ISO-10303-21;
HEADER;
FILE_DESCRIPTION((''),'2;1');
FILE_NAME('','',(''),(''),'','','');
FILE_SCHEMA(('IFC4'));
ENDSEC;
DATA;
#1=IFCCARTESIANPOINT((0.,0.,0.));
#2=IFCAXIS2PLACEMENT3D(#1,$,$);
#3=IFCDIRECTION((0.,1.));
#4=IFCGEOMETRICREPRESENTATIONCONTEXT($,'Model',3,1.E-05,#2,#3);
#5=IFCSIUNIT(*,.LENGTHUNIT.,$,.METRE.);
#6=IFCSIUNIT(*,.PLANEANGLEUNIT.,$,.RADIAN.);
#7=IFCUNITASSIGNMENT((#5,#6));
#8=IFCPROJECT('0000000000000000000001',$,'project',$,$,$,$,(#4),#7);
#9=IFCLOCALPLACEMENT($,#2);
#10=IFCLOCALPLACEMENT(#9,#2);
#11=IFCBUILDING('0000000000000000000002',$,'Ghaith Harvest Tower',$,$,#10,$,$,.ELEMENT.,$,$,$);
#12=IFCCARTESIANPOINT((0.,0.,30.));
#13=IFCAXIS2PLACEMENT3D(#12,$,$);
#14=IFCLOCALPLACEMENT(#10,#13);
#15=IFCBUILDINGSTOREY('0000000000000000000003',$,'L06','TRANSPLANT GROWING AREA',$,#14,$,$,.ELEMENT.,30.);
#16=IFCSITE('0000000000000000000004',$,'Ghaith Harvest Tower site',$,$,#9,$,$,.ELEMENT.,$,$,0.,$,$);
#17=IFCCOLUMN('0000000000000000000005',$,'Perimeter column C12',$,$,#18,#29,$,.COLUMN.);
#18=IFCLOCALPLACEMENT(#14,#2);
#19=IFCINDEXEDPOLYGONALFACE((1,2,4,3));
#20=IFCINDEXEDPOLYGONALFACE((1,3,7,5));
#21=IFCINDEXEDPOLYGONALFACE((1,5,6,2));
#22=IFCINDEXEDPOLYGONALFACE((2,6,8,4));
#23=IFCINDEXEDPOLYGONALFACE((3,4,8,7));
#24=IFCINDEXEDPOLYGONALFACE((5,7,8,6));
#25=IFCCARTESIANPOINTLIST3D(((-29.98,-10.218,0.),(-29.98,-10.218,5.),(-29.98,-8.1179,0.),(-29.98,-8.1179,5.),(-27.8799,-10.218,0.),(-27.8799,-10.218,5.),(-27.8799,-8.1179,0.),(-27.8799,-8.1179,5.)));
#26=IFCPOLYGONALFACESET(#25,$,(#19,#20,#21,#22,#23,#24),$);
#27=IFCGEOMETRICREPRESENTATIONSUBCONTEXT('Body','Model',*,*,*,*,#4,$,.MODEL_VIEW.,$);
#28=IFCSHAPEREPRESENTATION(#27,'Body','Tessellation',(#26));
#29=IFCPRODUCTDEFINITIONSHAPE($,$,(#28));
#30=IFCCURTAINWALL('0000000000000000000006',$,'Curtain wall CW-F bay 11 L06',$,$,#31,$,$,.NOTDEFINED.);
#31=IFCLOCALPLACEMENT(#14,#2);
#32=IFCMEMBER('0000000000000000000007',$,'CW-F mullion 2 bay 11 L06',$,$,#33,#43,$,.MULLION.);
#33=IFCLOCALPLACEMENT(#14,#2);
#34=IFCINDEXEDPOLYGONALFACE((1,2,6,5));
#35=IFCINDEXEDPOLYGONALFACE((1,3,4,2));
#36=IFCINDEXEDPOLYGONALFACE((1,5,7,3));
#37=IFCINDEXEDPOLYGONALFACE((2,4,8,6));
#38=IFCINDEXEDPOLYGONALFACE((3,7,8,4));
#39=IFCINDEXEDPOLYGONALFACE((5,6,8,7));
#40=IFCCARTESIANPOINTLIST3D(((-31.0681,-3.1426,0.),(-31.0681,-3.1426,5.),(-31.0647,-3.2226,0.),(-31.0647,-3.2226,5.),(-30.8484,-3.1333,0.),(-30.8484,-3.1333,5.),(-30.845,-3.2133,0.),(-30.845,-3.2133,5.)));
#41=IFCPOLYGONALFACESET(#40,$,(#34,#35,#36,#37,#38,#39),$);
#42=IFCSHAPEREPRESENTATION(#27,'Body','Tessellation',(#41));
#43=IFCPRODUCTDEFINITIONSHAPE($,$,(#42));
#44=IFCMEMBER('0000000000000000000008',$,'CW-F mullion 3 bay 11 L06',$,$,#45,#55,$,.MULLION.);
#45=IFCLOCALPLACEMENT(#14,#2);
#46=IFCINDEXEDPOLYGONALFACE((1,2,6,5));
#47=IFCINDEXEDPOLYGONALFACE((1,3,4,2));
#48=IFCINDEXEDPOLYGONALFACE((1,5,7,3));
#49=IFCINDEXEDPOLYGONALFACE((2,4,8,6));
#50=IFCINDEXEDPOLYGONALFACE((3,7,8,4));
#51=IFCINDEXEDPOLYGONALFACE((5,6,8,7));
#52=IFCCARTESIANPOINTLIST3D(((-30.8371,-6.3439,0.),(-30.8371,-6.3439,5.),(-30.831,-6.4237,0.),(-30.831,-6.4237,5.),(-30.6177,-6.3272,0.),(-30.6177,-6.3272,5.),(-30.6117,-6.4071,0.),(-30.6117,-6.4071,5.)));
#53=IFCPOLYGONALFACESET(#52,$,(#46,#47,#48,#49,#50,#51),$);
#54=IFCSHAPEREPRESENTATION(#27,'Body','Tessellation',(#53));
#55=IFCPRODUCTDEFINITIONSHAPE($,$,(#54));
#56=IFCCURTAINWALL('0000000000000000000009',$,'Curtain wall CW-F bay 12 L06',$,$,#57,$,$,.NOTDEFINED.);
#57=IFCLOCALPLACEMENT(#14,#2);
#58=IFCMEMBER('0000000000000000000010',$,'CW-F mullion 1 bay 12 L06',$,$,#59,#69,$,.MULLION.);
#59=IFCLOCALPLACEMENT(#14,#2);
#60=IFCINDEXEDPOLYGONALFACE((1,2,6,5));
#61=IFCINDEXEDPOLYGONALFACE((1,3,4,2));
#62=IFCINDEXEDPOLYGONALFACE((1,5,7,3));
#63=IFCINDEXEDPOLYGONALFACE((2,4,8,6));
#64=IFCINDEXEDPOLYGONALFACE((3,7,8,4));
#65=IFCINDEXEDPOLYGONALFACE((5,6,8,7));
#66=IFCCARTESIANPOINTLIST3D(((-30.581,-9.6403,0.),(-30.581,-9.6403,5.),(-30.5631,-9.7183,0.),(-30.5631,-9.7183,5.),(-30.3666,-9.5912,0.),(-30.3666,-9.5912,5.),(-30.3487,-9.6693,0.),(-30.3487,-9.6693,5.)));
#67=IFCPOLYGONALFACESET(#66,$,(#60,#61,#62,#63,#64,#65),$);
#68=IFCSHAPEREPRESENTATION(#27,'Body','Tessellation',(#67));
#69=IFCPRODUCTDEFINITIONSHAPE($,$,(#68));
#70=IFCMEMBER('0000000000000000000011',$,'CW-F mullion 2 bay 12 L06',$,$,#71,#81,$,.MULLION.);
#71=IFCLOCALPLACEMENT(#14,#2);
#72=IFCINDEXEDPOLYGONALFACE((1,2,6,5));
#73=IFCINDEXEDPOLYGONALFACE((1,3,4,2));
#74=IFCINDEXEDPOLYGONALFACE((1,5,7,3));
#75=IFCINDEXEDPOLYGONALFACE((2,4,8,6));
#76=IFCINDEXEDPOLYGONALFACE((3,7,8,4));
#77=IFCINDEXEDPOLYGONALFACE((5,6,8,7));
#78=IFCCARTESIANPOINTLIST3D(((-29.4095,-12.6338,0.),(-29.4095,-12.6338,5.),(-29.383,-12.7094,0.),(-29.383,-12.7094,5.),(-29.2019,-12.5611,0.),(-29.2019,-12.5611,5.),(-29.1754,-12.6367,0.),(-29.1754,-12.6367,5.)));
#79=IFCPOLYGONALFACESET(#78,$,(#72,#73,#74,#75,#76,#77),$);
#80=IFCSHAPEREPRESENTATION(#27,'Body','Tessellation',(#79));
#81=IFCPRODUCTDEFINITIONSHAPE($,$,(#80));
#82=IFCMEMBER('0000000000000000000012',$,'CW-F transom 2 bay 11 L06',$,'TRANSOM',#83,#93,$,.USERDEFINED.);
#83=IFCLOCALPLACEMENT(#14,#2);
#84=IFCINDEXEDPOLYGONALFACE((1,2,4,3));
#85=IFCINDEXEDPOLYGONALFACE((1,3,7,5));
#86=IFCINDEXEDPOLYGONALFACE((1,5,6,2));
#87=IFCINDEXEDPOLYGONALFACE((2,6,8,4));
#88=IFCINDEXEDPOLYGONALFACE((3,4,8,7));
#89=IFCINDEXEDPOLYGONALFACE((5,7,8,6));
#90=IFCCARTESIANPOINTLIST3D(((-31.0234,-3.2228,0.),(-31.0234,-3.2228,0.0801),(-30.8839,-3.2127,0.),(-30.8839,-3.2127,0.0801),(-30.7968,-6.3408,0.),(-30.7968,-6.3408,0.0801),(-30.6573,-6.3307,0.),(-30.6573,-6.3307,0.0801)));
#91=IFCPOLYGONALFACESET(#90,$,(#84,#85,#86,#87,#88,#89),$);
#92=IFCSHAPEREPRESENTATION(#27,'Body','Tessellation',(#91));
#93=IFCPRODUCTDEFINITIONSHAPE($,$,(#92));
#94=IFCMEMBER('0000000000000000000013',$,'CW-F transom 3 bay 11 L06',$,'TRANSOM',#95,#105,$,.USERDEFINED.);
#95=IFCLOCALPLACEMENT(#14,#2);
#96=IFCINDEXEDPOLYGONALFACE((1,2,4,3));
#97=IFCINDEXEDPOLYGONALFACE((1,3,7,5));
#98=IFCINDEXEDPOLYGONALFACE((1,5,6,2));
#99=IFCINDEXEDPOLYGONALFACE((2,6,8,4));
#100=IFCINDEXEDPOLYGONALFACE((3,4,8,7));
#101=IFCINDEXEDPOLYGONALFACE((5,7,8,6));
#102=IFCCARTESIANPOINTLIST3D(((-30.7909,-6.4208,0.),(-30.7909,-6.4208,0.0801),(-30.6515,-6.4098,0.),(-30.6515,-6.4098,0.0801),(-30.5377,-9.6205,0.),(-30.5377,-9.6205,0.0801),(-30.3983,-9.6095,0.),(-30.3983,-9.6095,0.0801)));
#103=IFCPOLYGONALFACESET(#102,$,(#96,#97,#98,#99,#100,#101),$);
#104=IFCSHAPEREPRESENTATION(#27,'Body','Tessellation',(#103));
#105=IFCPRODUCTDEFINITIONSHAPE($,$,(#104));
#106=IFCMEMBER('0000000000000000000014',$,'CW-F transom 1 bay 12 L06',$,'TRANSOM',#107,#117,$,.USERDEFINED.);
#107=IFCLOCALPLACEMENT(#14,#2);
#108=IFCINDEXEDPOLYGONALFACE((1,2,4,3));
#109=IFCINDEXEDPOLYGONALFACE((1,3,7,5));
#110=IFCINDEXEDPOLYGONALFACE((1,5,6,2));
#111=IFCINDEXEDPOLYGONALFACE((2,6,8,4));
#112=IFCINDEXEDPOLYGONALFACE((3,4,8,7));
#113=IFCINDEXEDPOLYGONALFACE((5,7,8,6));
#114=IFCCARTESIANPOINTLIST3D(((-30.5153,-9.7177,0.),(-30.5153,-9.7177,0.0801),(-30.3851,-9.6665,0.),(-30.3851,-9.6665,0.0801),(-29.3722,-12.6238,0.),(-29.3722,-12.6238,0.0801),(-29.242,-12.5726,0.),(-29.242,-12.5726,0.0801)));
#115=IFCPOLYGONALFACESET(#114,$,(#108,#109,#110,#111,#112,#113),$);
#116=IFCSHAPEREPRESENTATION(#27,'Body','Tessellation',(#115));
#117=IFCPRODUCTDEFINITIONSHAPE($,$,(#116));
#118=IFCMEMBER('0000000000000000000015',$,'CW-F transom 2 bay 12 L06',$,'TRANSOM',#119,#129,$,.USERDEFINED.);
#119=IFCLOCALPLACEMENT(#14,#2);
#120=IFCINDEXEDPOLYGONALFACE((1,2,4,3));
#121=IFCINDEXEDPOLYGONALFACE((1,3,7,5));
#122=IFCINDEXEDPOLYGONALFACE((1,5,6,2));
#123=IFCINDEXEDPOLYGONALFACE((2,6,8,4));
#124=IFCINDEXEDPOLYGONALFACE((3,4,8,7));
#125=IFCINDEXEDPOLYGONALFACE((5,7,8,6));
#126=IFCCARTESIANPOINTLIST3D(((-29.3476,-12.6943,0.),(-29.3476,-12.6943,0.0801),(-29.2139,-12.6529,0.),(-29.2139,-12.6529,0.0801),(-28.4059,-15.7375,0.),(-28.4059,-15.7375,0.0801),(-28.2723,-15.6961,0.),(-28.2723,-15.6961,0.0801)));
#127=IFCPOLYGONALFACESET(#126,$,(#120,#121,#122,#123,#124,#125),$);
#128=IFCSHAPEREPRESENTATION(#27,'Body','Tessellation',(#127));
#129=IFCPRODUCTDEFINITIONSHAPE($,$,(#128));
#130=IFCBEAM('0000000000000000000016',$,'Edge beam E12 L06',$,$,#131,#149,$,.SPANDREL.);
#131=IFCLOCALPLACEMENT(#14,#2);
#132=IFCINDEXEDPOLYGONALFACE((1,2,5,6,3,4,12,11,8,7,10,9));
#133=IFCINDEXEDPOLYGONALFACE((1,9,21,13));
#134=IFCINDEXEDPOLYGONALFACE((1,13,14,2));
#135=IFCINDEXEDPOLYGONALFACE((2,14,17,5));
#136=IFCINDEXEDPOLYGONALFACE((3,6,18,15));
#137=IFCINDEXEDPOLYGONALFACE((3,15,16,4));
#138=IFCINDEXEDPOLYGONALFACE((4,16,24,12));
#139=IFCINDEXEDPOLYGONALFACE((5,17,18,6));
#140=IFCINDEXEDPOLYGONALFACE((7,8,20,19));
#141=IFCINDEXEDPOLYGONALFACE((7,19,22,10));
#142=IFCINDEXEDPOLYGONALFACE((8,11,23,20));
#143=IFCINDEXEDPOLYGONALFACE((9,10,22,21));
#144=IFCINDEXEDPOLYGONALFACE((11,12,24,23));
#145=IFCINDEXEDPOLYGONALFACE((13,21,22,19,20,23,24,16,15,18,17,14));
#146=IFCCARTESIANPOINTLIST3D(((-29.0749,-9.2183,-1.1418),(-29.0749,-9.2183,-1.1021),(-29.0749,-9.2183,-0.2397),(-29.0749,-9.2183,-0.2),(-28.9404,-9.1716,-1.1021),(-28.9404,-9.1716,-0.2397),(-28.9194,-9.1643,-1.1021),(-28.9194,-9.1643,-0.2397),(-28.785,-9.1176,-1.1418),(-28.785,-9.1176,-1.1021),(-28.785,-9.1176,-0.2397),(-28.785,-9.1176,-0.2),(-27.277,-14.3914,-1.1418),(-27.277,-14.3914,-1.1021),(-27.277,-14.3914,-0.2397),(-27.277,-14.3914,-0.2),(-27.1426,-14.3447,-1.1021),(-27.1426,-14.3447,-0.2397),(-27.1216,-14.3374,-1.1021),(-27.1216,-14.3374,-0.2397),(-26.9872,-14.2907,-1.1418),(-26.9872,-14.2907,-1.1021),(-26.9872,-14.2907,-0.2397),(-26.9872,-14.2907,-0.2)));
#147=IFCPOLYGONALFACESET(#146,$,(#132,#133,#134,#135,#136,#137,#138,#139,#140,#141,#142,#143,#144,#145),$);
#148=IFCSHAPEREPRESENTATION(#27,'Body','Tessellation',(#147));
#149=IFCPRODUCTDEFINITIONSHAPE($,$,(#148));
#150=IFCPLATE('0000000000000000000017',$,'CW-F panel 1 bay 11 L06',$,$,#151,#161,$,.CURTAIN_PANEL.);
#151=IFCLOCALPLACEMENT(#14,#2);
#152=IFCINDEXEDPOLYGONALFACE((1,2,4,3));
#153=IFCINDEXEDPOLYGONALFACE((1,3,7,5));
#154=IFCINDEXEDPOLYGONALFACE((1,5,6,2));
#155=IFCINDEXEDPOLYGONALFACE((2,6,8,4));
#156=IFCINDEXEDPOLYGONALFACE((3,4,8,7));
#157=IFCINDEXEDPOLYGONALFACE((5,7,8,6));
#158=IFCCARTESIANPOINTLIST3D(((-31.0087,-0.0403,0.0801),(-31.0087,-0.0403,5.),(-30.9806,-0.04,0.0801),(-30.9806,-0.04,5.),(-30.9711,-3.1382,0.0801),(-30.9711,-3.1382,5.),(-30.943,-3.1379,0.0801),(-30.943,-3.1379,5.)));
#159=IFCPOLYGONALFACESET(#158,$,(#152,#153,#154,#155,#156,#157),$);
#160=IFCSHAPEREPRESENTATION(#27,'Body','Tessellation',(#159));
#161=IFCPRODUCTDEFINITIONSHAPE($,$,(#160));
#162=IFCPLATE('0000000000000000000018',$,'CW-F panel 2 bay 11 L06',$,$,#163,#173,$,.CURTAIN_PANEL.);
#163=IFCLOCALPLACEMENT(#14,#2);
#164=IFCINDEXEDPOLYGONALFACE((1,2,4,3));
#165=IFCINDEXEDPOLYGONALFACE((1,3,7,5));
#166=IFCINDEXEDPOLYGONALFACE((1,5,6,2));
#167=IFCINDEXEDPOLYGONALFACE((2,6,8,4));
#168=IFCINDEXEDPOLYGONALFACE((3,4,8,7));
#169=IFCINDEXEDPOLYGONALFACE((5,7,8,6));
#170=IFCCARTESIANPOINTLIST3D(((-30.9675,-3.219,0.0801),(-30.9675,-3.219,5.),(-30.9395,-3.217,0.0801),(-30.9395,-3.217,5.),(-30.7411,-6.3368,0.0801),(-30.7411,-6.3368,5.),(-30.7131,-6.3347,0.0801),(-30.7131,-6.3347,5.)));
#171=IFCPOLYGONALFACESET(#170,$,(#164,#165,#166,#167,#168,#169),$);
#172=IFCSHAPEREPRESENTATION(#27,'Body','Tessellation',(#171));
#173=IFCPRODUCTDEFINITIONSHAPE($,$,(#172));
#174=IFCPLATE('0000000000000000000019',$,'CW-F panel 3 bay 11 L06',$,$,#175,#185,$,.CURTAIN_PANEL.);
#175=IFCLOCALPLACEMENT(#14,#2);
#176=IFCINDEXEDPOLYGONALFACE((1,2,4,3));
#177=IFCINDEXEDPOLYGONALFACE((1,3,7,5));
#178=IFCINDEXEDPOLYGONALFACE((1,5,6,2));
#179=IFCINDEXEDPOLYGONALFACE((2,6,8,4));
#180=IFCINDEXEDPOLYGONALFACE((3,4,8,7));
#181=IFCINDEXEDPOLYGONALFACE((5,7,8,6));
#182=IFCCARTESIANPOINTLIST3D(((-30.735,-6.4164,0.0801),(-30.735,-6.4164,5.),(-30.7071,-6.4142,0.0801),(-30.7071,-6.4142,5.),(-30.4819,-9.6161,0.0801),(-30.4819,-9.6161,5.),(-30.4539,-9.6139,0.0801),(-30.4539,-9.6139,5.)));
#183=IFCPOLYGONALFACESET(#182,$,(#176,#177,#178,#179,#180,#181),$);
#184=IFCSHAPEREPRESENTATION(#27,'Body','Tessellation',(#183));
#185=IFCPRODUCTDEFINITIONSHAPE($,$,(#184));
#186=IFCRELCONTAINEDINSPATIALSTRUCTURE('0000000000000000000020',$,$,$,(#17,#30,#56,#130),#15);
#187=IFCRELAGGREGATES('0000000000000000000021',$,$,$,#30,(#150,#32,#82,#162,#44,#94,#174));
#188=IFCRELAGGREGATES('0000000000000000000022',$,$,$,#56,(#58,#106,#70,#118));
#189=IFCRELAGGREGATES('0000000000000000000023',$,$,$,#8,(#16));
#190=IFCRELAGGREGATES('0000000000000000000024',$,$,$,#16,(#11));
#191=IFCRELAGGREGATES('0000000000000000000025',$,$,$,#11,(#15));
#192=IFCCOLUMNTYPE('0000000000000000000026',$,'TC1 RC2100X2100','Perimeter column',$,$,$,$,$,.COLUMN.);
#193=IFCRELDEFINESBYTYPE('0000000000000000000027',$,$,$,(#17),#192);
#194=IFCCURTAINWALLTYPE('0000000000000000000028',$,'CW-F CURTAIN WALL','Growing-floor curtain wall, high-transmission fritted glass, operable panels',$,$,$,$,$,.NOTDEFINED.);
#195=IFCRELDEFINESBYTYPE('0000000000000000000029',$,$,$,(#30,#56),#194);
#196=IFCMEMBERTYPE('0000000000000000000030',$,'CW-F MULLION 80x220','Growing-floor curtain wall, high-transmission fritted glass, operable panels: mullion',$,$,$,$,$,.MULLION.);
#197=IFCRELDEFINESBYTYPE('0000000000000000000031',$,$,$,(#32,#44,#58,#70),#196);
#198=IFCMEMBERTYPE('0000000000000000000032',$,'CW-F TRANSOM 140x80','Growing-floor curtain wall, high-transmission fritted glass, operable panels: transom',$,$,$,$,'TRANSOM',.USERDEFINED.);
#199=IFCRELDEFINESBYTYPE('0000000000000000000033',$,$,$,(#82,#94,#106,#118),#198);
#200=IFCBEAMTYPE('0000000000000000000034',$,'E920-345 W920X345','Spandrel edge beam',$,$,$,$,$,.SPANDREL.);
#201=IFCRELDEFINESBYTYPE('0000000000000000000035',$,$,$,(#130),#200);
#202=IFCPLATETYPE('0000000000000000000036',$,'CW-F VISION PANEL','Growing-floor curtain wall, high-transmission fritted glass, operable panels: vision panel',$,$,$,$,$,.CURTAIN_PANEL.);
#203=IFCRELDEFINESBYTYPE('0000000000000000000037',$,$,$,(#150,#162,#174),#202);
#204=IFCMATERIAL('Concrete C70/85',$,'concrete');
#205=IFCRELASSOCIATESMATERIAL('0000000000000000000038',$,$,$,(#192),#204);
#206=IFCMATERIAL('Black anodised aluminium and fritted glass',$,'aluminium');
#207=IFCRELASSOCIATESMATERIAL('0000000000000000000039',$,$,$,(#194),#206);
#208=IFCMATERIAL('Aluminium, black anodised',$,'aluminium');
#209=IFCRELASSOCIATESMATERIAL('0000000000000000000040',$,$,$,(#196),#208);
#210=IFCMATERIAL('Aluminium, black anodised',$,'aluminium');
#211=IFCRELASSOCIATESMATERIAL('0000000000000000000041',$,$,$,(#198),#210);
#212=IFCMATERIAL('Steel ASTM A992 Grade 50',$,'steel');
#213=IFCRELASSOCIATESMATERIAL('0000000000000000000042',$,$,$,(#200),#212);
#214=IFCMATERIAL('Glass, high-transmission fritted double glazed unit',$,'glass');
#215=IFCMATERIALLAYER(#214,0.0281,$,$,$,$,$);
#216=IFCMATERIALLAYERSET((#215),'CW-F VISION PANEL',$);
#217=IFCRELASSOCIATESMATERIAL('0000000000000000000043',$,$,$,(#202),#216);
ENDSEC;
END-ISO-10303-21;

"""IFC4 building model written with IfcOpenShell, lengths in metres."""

from ifc_helpers import new_model, si_unit, direction, frame, origin, origin_2d, place, context, subcontext, project, spatial, rectangle, i_section, extrude, material, layer, layer_set, material_profile, profile_set, type_object, element, aggregate, save


model = new_model("IFC4")

# Units and contexts
model_context = context("Model", 3, precision=1e-05, world=origin(), true_north=direction((0.0, 1.0)))
body_context = subcontext(model_context, "Body", "Model", "MODEL_VIEW")
ifc_project = project(units=[si_unit("LENGTHUNIT", "METRE"), si_unit("PLANEANGLEUNIT", "RADIAN")], contexts=[model_context])

# Site, building, storey
site_placement = place(None, origin())
site = spatial("IfcSite", under=ifc_project, at=site_placement, Name="Ghaith Harvest Tower site", CompositionType="ELEMENT", RefElevation=0.0)
building_placement = place(site_placement, origin())
building = spatial("IfcBuilding", under=site, at=building_placement, Name="Ghaith Harvest Tower", CompositionType="ELEMENT")
storey_placement = place(building_placement, frame((0.0, 0.0, 30.0)))
storey = spatial("IfcBuildingStorey", under=building, at=storey_placement, Name="L06", Description="TRANSPLANT GROWING AREA", CompositionType="ELEMENT", Elevation=30.0)

# Column
ifc_material_1 = material(Name="Concrete C70/85", Category="concrete")
ifc_material_profile_1 = material_profile(ifc_material_1, rectangle(XDim=2.1001, YDim=2.1001, at=origin_2d()), Name="RC2100X2100")
ifc_profile_set_1 = profile_set([ifc_material_profile_1], Name="Concrete C70/85")
column_type = type_object("IfcColumnType", Name="TC1 RC2100X2100", Description="Perimeter column", PredefinedType="COLUMN", material=ifc_profile_set_1)
column_placement = place(storey_placement, frame((-28.9299, -9.168, 0.0), z_axis=(0.0, 0.0, 1.0), x_axis=(1.0, 0.0, 0.0)))
element("IfcColumn", 1, at=column_placement, inside=storey, type_object=column_type, Name="Perimeter column C12", PredefinedType="COLUMN", context=body_context, shape_type="SweptSolid", body=[
    extrude(rectangle(XDim=2.1001, YDim=2.1001, at=origin_2d()), origin(), (0.0, 0.0, 1.0), 5.0),
])

# Curtain walls, members
ifc_material_2 = material(Name="Black anodised aluminium and fritted glass", Category="aluminium")
curtain_wall_type = type_object("IfcCurtainWallType", Name="CW-F CURTAIN WALL", Description="Growing-floor curtain wall, high-transmission fritted glass, operable panels", PredefinedType="NOTDEFINED", material=ifc_material_2)
curtain_wall_1_placement = place(storey_placement, origin())
curtain_wall_1 = element("IfcCurtainWall", 2, at=curtain_wall_1_placement, inside=storey, type_object=curtain_wall_type, Name="Curtain wall CW-F bay 11 L06", PredefinedType="NOTDEFINED")
ifc_material_3 = material(Name="Aluminium, black anodised", Category="aluminium")
ifc_material_profile_2 = material_profile(ifc_material_3, rectangle(XDim=0.0801, YDim=0.22, at=origin_2d()), Name="CW-F MULLION 80x220")
ifc_profile_set_2 = profile_set([ifc_material_profile_2], Name="Aluminium, black anodised")
member_type_1 = type_object("IfcMemberType", Name="CW-F MULLION 80x220", Description="Growing-floor curtain wall, high-transmission fritted glass, operable panels: mullion", PredefinedType="MULLION", material=ifc_profile_set_2)
member_1_placement = place(storey_placement, frame((-30.9565, -3.178, 0.0), z_axis=(0.0, 0.0, 1.0), x_axis=(0.042427, -0.9991, 0.0)))
member_1 = element("IfcMember", 3, at=member_1_placement, type_object=member_type_1, Name="CW-F mullion 2 bay 11 L06", PredefinedType="MULLION", context=body_context, shape_type="SweptSolid", body=[
    extrude(rectangle(XDim=0.0801, YDim=0.22, at=origin_2d()), origin(), (0.0, 0.0, 1.0), 5.0),
])
member_2_placement = place(storey_placement, frame((-30.7244, -6.3755, 0.0), z_axis=(0.0, 0.0, 1.0), x_axis=(0.075686, -0.997132, 0.0)))
member_2 = element("IfcMember", 4, at=member_2_placement, type_object=member_type_1, Name="CW-F mullion 3 bay 11 L06", PredefinedType="MULLION", context=body_context, shape_type="SweptSolid", body=[
    extrude(rectangle(XDim=0.0801, YDim=0.22, at=origin_2d()), origin(), (0.0, 0.0, 1.0), 5.0),
])
curtain_wall_2_placement = place(storey_placement, origin())
curtain_wall_2 = element("IfcCurtainWall", 5, at=curtain_wall_2_placement, inside=storey, type_object=curtain_wall_type, Name="Curtain wall CW-F bay 12 L06", PredefinedType="NOTDEFINED")
member_3_placement = place(storey_placement, frame((-30.4648, -9.6548, 0.0), z_axis=(0.0, 0.0, 1.0), x_axis=(0.222967, -0.974826, 0.0)))
member_3 = element("IfcMember", 6, at=member_3_placement, type_object=member_type_1, Name="CW-F mullion 1 bay 12 L06", PredefinedType="MULLION", context=body_context, shape_type="SweptSolid", body=[
    extrude(rectangle(XDim=0.0801, YDim=0.22, at=origin_2d()), origin(), (0.0, 0.0, 1.0), 5.0),
])
member_4_placement = place(storey_placement, frame((-29.2925, -12.6353, 0.0), z_axis=(0.0, 0.0, 1.0), x_axis=(0.330701, -0.943736, 0.0)))
member_4 = element("IfcMember", 7, at=member_4_placement, type_object=member_type_1, Name="CW-F mullion 2 bay 12 L06", PredefinedType="MULLION", context=body_context, shape_type="SweptSolid", body=[
    extrude(rectangle(XDim=0.0801, YDim=0.22, at=origin_2d()), origin(), (0.0, 0.0, 1.0), 5.0),
])

# Members
ifc_material_4 = material(Name="Aluminium, black anodised", Category="aluminium")
ifc_material_profile_3 = material_profile(ifc_material_4, rectangle(XDim=0.1399, YDim=0.0801, at=origin_2d()), Name="CW-F TRANSOM 140x80")
ifc_profile_set_3 = profile_set([ifc_material_profile_3], Name="Aluminium, black anodised")
member_type_2 = type_object("IfcMemberType", Name="CW-F TRANSOM 140x80", Description="Growing-floor curtain wall, high-transmission fritted glass, operable panels: transom", ElementType="TRANSOM", PredefinedType="USERDEFINED", material=ifc_profile_set_3)
member_5_placement = place(storey_placement, frame((-30.9536, -3.2178, 0.04), z_axis=(0.072474, -0.99737, 0.0), x_axis=(0.99737, 0.072474, 0.0)))
member_5 = element("IfcMember", 8, at=member_5_placement, type_object=member_type_2, Name="CW-F transom 2 bay 11 L06", ObjectType="TRANSOM", PredefinedType="USERDEFINED", context=body_context, shape_type="SweptSolid", body=[
    extrude(rectangle(XDim=0.1399, YDim=0.0801, at=origin_2d()), origin(), (0.0, 0.0, 1.0), 3.1262),
])
member_6_placement = place(storey_placement, frame((-30.7212, -6.4153, 0.04), z_axis=(0.078878, -0.996884, 0.0), x_axis=(0.996884, 0.078878, 0.0)))
member_6 = element("IfcMember", 9, at=member_6_placement, type_object=member_type_2, Name="CW-F transom 3 bay 11 L06", ObjectType="TRANSOM", PredefinedType="USERDEFINED", context=body_context, shape_type="SweptSolid", body=[
    extrude(rectangle(XDim=0.1399, YDim=0.0801, at=origin_2d()), origin(), (0.0, 0.0, 1.0), 3.2097),
])
member_7_placement = place(storey_placement, frame((-30.4502, -9.6921, 0.04), z_axis=(0.366047, -0.930597, 0.0), x_axis=(0.930597, 0.366047, 0.0)))
member_7 = element("IfcMember", 10, at=member_7_placement, type_object=member_type_2, Name="CW-F transom 1 bay 12 L06", ObjectType="TRANSOM", PredefinedType="USERDEFINED", context=body_context, shape_type="SweptSolid", body=[
    extrude(rectangle(XDim=0.1399, YDim=0.0801, at=origin_2d()), origin(), (0.0, 0.0, 1.0), 3.1228),
])
member_8_placement = place(storey_placement, frame((-29.2808, -12.6736, 0.04), z_axis=(0.295599, -0.955312, 0.0), x_axis=(0.955312, 0.295599, 0.0)))
member_8 = element("IfcMember", 11, at=member_8_placement, type_object=member_type_2, Name="CW-F transom 2 bay 12 L06", ObjectType="TRANSOM", PredefinedType="USERDEFINED", context=body_context, shape_type="SweptSolid", body=[
    extrude(rectangle(XDim=0.1399, YDim=0.0801, at=origin_2d()), origin(), (0.0, 0.0, 1.0), 3.1855),
])

# Beam
ifc_material_5 = material(Name="Steel ASTM A992 Grade 50", Category="steel")
ifc_material_profile_4 = material_profile(ifc_material_5, i_section(OverallWidth=0.3069, OverallDepth=0.9419, WebThickness=0.0222, FlangeThickness=0.0398, at=origin_2d()), Name="W920X345")
ifc_profile_set_4 = profile_set([ifc_material_profile_4], Name="Steel ASTM A992 Grade 50")
beam_type = type_object("IfcBeamType", Name="E920-345 W920X345", Description="Spandrel edge beam", PredefinedType="SPANDREL", material=ifc_profile_set_4)
beam_placement = place(storey_placement, frame((-28.9299, -9.168, -0.6709), z_axis=(0.328279, -0.944581, 0.0), x_axis=(0.944581, 0.328279, 0.0)))
element("IfcBeam", 12, at=beam_placement, inside=storey, type_object=beam_type, Name="Edge beam E12 L06", PredefinedType="SPANDREL", context=body_context, shape_type="SweptSolid", body=[
    extrude(i_section(OverallWidth=0.3069, OverallDepth=0.9419, WebThickness=0.0222, FlangeThickness=0.0398, at=origin_2d()), origin(), (0.0, 0.0, 1.0), 5.4766),
])

# Plates
ifc_material_6 = material(Name="Glass, high-transmission fritted double glazed unit", Category="glass")
ifc_layer_1 = layer(ifc_material_6, 0.0281)
ifc_layer_set_1 = layer_set([ifc_layer_1], Name="CW-F VISION PANEL")
plate_type = type_object("IfcPlateType", Name="CW-F VISION PANEL", Description="Growing-floor curtain wall, high-transmission fritted glass, operable panels: vision panel", PredefinedType="CURTAIN_PANEL", material=ifc_layer_set_1)
plate_1_placement = place(storey_placement, frame((-30.9758, -1.5891, 0.0801), z_axis=(0.0, 0.0, 1.0), x_axis=(0.012133, -0.999926, 0.0)))
plate_1 = element("IfcPlate", 13, at=plate_1_placement, type_object=plate_type, Name="CW-F panel 1 bay 11 L06", PredefinedType="CURTAIN_PANEL", context=body_context, shape_type="SweptSolid", body=[
    extrude(rectangle(XDim=3.0981, YDim=0.0281, at=origin_2d()), origin(), (0.0, 0.0, 1.0), 4.9199),
])
plate_2_placement = place(storey_placement, frame((-30.8403, -4.7769, 0.0801), z_axis=(0.0, 0.0, 1.0), x_axis=(0.072421, -0.997374, 0.0)))
plate_2 = element("IfcPlate", 14, at=plate_2_placement, type_object=plate_type, Name="CW-F panel 2 bay 11 L06", PredefinedType="CURTAIN_PANEL", context=body_context, shape_type="SweptSolid", body=[
    extrude(rectangle(XDim=3.126, YDim=0.0281, at=origin_2d()), origin(), (0.0, 0.0, 1.0), 4.9199),
])
plate_3_placement = place(storey_placement, frame((-30.5945, -8.0151, 0.0801), z_axis=(0.0, 0.0, 1.0), x_axis=(0.078867, -0.996885, 0.0)))
plate_3 = element("IfcPlate", 15, at=plate_3_placement, type_object=plate_type, Name="CW-F panel 3 bay 11 L06", PredefinedType="CURTAIN_PANEL", context=body_context, shape_type="SweptSolid", body=[
    extrude(rectangle(XDim=3.2097, YDim=0.0281, at=origin_2d()), origin(), (0.0, 0.0, 1.0), 4.9199),
])
aggregate(curtain_wall_1, [plate_1, member_1, member_5, plate_2, member_2, member_6, plate_3])
aggregate(curtain_wall_2, [member_3, member_7, member_4, member_8])

save(model, "model.ifc")
